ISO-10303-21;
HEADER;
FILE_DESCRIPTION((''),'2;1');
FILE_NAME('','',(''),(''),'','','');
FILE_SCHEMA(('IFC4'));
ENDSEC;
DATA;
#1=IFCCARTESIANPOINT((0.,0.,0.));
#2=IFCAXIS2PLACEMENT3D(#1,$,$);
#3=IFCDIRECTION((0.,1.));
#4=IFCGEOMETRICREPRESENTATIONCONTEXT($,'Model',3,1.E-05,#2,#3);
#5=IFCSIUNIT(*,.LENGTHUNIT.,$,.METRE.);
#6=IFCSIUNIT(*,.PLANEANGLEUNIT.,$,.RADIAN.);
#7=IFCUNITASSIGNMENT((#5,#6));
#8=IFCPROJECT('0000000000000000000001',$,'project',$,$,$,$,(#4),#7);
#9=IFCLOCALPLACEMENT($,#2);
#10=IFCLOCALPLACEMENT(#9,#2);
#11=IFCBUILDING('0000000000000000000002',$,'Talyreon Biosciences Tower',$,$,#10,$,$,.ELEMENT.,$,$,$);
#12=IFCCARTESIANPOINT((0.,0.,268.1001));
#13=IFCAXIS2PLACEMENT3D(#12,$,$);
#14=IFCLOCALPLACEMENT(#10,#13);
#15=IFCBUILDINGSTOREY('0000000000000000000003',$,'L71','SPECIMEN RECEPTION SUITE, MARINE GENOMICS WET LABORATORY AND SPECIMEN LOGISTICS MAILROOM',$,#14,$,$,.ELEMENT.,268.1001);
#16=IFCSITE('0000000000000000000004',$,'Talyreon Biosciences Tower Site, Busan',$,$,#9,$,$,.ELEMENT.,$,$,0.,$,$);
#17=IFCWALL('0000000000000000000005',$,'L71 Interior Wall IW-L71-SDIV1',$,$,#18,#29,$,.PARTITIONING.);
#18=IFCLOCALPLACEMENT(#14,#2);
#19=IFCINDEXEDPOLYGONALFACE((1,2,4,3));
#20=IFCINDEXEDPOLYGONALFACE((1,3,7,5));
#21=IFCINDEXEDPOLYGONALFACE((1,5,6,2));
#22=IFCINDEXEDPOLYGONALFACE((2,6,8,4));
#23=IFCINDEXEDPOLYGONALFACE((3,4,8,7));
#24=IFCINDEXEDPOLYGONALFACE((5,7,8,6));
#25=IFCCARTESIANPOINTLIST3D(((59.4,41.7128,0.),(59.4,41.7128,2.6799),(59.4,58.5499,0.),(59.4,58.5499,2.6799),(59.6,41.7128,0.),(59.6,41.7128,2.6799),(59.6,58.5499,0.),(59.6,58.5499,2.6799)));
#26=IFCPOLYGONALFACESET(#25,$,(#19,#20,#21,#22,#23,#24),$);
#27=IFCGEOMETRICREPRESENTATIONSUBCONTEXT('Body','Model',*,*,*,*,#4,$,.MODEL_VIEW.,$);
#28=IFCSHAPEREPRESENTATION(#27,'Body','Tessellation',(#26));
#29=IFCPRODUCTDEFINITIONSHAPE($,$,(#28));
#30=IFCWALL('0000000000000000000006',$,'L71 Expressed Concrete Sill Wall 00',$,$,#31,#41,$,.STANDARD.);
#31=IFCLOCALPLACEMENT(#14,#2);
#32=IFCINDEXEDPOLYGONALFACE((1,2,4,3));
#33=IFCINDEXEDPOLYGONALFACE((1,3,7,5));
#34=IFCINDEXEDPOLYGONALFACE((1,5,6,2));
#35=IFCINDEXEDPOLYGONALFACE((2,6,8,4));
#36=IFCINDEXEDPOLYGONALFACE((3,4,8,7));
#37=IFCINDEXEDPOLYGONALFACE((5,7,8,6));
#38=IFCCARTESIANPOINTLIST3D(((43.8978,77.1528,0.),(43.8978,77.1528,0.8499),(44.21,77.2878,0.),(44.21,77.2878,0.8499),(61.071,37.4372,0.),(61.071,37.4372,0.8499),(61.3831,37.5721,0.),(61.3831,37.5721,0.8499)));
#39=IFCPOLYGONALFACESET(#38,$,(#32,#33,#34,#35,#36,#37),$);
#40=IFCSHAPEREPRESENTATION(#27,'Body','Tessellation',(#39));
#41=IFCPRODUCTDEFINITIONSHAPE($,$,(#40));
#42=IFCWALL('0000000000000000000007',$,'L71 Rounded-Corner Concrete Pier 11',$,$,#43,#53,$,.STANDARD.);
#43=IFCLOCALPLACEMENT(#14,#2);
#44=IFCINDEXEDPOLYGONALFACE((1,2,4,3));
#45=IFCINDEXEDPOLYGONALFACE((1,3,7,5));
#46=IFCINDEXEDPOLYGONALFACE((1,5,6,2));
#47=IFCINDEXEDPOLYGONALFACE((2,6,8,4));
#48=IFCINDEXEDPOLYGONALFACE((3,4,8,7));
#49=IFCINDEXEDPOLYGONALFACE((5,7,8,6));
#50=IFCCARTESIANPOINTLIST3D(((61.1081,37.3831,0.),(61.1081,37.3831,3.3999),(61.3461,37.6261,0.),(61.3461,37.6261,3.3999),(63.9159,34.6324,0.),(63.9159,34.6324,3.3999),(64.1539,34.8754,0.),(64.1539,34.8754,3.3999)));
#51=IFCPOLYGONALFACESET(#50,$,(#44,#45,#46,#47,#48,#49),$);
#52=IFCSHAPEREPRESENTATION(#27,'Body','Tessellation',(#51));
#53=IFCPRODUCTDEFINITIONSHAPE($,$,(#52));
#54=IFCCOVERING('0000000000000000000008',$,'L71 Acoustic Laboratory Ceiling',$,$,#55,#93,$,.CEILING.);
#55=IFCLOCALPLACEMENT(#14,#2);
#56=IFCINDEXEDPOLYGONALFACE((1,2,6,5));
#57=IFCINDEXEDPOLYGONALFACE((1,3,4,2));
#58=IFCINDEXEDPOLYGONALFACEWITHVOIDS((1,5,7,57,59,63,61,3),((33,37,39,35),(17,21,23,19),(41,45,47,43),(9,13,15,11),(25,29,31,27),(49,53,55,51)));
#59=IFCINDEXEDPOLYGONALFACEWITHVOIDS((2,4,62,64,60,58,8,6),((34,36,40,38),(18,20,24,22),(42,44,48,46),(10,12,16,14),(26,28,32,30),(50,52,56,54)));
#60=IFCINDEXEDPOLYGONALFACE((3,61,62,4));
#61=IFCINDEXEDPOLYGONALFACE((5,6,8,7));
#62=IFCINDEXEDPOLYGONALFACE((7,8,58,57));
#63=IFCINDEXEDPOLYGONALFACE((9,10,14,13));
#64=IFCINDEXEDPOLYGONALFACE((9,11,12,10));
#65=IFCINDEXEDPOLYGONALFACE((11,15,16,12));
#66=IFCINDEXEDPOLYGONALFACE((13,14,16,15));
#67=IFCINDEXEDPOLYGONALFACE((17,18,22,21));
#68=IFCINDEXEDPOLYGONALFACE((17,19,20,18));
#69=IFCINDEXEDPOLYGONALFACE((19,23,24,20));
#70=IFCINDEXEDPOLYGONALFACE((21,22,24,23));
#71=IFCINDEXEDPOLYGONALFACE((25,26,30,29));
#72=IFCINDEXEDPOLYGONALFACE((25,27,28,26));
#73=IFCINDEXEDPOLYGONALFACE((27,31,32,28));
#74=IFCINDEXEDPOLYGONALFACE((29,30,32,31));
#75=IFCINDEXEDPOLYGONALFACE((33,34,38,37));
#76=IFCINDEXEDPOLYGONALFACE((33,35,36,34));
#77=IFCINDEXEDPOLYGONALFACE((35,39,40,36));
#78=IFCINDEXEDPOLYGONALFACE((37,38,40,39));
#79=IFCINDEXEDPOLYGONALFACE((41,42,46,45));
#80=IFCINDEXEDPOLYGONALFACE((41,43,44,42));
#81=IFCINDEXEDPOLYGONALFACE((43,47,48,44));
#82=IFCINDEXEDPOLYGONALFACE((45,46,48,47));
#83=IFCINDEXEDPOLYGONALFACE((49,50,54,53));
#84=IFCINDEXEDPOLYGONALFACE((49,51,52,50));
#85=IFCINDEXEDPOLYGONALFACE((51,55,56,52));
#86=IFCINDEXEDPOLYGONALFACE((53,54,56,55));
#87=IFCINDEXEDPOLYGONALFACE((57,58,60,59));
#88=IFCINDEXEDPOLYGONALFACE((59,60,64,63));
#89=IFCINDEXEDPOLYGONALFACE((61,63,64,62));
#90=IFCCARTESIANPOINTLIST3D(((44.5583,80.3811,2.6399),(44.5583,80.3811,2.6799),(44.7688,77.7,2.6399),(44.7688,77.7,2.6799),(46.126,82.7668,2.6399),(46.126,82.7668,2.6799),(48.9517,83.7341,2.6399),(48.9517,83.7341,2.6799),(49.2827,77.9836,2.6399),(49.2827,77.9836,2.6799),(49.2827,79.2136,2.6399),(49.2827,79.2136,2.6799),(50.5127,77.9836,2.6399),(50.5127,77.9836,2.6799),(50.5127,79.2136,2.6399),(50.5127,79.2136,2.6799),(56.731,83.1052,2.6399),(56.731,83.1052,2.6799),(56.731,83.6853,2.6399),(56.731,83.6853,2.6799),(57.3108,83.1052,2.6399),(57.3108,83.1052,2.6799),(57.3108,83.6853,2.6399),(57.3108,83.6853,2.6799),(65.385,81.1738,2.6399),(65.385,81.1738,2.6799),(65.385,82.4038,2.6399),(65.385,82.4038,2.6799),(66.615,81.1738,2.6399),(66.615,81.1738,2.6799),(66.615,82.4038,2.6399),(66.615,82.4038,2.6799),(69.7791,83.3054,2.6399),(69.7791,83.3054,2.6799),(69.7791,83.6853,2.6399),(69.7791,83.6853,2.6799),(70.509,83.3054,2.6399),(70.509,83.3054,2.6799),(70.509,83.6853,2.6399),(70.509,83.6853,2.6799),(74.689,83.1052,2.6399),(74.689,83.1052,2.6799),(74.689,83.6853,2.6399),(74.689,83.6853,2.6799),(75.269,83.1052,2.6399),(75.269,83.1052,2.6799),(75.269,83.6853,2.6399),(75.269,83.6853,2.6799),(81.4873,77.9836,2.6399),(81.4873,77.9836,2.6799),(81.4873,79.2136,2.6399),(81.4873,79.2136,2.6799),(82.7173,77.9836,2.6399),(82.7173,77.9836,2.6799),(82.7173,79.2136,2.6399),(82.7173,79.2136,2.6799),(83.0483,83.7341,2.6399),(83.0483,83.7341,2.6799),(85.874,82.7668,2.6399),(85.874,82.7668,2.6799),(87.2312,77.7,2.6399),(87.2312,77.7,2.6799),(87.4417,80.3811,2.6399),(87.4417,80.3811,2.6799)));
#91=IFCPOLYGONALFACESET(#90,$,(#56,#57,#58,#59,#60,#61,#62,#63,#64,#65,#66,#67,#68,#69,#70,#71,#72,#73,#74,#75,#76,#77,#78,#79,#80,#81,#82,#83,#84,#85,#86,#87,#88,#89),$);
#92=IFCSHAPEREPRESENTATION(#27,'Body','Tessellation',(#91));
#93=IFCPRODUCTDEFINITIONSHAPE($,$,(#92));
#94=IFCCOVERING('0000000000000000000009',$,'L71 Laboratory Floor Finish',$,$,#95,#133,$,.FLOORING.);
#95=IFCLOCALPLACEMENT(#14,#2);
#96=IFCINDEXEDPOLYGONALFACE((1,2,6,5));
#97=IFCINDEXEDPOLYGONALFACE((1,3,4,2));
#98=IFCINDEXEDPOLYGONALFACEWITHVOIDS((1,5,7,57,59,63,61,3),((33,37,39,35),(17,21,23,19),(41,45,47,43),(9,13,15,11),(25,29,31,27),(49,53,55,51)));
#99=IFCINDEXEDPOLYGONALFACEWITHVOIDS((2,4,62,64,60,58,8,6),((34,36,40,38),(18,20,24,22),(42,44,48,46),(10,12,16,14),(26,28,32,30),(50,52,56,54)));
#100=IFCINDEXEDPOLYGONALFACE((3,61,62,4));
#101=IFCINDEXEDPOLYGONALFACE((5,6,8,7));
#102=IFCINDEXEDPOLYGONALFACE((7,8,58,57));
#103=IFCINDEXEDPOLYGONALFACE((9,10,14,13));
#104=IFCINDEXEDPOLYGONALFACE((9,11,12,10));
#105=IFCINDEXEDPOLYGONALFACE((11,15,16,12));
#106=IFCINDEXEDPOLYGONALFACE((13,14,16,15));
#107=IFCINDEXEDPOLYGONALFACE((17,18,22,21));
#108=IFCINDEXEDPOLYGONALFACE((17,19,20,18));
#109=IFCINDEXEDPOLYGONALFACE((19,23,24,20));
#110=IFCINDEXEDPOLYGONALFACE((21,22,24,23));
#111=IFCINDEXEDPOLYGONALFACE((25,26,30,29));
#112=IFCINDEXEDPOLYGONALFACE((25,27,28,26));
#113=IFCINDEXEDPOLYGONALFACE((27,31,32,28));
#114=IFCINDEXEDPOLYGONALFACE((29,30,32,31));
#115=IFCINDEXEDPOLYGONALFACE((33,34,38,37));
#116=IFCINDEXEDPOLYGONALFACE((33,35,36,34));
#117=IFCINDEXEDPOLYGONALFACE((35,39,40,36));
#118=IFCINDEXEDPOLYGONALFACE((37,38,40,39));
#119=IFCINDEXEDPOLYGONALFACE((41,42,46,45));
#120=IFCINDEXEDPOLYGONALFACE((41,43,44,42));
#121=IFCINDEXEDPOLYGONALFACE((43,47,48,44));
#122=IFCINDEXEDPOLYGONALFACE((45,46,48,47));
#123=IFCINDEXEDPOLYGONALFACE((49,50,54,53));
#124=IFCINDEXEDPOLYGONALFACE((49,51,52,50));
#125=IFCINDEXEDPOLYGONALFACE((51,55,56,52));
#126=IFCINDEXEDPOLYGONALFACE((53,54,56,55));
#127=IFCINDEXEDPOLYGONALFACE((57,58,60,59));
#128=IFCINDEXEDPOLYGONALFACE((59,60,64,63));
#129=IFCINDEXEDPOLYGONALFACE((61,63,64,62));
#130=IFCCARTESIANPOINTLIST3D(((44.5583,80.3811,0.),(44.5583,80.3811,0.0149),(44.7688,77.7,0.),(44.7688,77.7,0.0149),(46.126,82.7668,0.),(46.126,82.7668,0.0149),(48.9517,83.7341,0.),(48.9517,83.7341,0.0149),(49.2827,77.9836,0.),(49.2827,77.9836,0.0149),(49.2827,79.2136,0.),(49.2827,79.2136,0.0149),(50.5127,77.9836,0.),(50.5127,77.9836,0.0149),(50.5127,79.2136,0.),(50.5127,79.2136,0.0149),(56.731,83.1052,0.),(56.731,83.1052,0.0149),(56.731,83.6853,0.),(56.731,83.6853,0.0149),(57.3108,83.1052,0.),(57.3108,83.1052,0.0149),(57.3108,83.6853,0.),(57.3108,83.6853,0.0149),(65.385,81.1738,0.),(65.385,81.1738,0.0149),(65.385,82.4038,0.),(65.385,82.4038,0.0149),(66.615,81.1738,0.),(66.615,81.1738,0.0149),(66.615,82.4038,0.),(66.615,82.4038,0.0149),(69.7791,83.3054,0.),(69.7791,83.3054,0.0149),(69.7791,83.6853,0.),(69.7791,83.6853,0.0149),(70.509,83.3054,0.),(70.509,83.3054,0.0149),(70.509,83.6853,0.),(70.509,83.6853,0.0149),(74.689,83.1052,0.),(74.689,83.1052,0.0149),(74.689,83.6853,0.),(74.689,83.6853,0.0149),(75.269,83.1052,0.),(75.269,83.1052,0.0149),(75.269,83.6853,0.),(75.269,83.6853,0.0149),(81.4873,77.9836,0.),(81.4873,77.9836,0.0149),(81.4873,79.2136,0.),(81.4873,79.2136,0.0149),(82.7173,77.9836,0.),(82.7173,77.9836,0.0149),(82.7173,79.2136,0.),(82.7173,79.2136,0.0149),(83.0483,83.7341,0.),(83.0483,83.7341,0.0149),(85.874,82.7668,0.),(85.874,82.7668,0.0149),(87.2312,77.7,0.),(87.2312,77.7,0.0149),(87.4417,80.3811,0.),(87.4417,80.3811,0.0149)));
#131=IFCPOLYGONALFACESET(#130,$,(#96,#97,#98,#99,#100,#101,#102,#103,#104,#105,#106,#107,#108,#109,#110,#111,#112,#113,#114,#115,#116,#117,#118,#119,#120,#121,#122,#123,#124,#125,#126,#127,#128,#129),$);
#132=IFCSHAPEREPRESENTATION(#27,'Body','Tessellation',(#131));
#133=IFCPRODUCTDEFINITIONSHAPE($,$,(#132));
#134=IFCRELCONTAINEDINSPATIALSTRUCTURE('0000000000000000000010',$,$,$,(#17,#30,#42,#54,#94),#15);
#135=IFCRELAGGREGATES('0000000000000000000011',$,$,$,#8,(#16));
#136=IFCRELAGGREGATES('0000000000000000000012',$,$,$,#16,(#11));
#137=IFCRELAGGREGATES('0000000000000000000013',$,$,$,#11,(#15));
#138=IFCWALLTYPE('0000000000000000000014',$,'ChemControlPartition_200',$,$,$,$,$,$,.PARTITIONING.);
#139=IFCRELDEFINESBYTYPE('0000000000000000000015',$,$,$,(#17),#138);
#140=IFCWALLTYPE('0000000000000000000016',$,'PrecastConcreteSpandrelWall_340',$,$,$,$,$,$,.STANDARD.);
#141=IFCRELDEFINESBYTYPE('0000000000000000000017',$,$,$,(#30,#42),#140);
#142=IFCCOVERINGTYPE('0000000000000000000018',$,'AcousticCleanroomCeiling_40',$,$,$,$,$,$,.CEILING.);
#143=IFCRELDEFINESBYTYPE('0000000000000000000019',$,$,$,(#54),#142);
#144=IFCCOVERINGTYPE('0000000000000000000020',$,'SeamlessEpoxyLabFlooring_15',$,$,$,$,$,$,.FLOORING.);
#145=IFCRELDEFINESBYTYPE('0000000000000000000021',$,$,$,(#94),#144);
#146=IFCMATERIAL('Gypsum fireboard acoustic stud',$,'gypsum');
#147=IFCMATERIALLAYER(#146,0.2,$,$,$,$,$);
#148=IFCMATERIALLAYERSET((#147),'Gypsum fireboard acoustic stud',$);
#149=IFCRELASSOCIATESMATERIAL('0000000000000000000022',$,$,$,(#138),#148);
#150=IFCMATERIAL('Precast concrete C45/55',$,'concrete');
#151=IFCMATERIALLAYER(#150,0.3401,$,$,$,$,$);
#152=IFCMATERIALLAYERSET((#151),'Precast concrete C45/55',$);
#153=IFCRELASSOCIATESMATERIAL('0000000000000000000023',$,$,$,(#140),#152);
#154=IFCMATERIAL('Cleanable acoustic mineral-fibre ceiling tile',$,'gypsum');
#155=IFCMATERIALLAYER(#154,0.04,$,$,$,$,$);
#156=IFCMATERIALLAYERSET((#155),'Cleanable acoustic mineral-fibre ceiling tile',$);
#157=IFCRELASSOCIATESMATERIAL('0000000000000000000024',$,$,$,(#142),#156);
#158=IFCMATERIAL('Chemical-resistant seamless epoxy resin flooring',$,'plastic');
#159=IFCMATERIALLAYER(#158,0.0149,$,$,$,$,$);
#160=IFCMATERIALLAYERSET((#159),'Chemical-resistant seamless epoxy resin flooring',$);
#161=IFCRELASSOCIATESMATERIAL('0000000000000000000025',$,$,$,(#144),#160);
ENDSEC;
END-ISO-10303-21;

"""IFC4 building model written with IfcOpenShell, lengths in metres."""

from ifc_helpers import new_model, si_unit, direction, frame, frame_2d, origin, place, context, subcontext, project, spatial, polyline, rectangle, outline, extrude, material, layer, layer_set, type_object, element, save


model = new_model("IFC4")

# Units and contexts
model_context = context("Model", 3, precision=1e-05, world=origin(), true_north=direction((0.0, 1.0)))
body_context = subcontext(model_context, "Body", "Model", "MODEL_VIEW")
ifc_project = project(units=[si_unit("LENGTHUNIT", "METRE"), si_unit("PLANEANGLEUNIT", "RADIAN")], contexts=[model_context])

# Site, building, storey
site_placement = place(None, origin())
site = spatial("IfcSite", under=ifc_project, at=site_placement, Name="Talyreon Biosciences Tower Site, Busan", CompositionType="ELEMENT", RefElevation=0.0)
building_placement = place(site_placement, origin())
building = spatial("IfcBuilding", under=site, at=building_placement, Name="Talyreon Biosciences Tower", CompositionType="ELEMENT")
storey_placement = place(building_placement, frame((0.0, 0.0, 268.1001)))
storey = spatial("IfcBuildingStorey", under=building, at=storey_placement, Name="L71", Description="SPECIMEN RECEPTION SUITE, MARINE GENOMICS WET LABORATORY AND SPECIMEN LOGISTICS MAILROOM", CompositionType="ELEMENT", Elevation=268.1001)

# Shared definitions
ifc_material_1 = material(Name="Precast concrete C45/55", Category="concrete")

# Walls
ifc_material_2 = material(Name="Gypsum fireboard acoustic stud", Category="gypsum")
ifc_layer_1 = layer(ifc_material_2, 0.2)
ifc_layer_set_1 = layer_set([ifc_layer_1], Name="Gypsum fireboard acoustic stud")
wall_type_1 = type_object("IfcWallType", Name="ChemControlPartition_200", PredefinedType="PARTITIONING", material=ifc_layer_set_1)
wall_1_placement = place(storey_placement, frame((59.5, 41.7129, 0.0), z_axis=(0.0, 0.0, 1.0), x_axis=(0.0, 1.0, 0.0)))
element("IfcWall", 1, at=wall_1_placement, inside=storey, type_object=wall_type_1, Name="L71 Interior Wall IW-L71-SDIV1", PredefinedType="PARTITIONING", context=body_context, shape_type="SweptSolid", body=[
    extrude(rectangle(XDim=16.8372, YDim=0.2, at=frame_2d((8.4185, 0.0))), origin(), (0.0, 0.0, 1.0), 2.6799),
])
ifc_layer_2 = layer(ifc_material_1, 0.3401)
ifc_layer_set_2 = layer_set([ifc_layer_2], Name="Precast concrete C45/55")
wall_type_2 = type_object("IfcWallType", Name="PrecastConcreteSpandrelWall_340", PredefinedType="STANDARD", material=ifc_layer_set_2)
wall_2_placement = place(storey_placement, frame((61.2271, 37.5046, 0.0), z_axis=(0.0, 0.0, 1.0), x_axis=(-0.396888, 0.917867, 0.0)))
element("IfcWall", 2, at=wall_2_placement, inside=storey, type_object=wall_type_2, Name="L71 Expressed Concrete Sill Wall 00", PredefinedType="STANDARD", context=body_context, shape_type="SweptSolid", body=[
    extrude(rectangle(XDim=43.2695, YDim=0.3401, at=frame_2d((21.6348, 0.0))), origin(), (0.0, 0.0, 1.0), 0.8499),
])
wall_3_placement = place(storey_placement, frame((64.0349, 34.7539, 0.0), z_axis=(0.0, 0.0, 1.0), x_axis=(-0.714336, 0.699802, 0.0)))
element("IfcWall", 3, at=wall_3_placement, inside=storey, type_object=wall_type_2, Name="L71 Rounded-Corner Concrete Pier 11", PredefinedType="STANDARD", context=body_context, shape_type="SweptSolid", body=[
    extrude(rectangle(XDim=3.9307, YDim=0.3401, at=frame_2d((1.9653, 0.0))), origin(), (0.0, 0.0, 1.0), 3.3999),
])

# Coverings
ifc_material_3 = material(Name="Cleanable acoustic mineral-fibre ceiling tile", Category="gypsum")
ifc_layer_3 = layer(ifc_material_3, 0.04)
ifc_layer_set_3 = layer_set([ifc_layer_3], Name="Cleanable acoustic mineral-fibre ceiling tile")
covering_type_1 = type_object("IfcCoveringType", Name="AcousticCleanroomCeiling_40", PredefinedType="CEILING", material=ifc_layer_set_3)
covering_1_placement = place(storey_placement, frame((0.0, 0.0, 2.6399)))
element("IfcCovering", 4, at=covering_1_placement, inside=storey, type_object=covering_type_1, Name="L71 Acoustic Laboratory Ceiling", PredefinedType="CEILING", context=body_context, shape_type="SweptSolid", body=[
    extrude(outline(polyline([(46.126, 82.7668), (48.9517, 83.7341), (83.0483, 83.7341), (85.874, 82.7668), (87.4417, 80.3811), (87.2312, 77.7), (44.7688, 77.7), (44.5583, 80.3811), (46.126, 82.7668)]), holes=[polyline([(49.2827, 77.9836), (50.5127, 77.9836), (50.5127, 79.2136), (49.2827, 79.2136), (49.2827, 77.9836)]), polyline([(65.385, 81.1738), (66.615, 81.1738), (66.615, 82.4038), (65.385, 82.4038), (65.385, 81.1738)]), polyline([(56.731, 83.6853), (56.731, 83.1052), (57.3108, 83.1052), (57.3108, 83.6853), (56.731, 83.6853)]), polyline([(82.7173, 77.9836), (82.7173, 79.2136), (81.4873, 79.2136), (81.4873, 77.9836), (82.7173, 77.9836)]), polyline([(75.269, 83.6853), (74.689, 83.6853), (74.689, 83.1052), (75.269, 83.1052), (75.269, 83.6853)]), polyline([(70.509, 83.6853), (69.7791, 83.6853), (69.7791, 83.3054), (70.509, 83.3054), (70.509, 83.6853)])]), origin(), (0.0, 0.0, 1.0), 0.04),
])
ifc_material_4 = material(Name="Chemical-resistant seamless epoxy resin flooring", Category="plastic")
ifc_layer_4 = layer(ifc_material_4, 0.0149)
ifc_layer_set_4 = layer_set([ifc_layer_4], Name="Chemical-resistant seamless epoxy resin flooring")
covering_type_2 = type_object("IfcCoveringType", Name="SeamlessEpoxyLabFlooring_15", PredefinedType="FLOORING", material=ifc_layer_set_4)
covering_2_placement = place(storey_placement, origin())
element("IfcCovering", 5, at=covering_2_placement, inside=storey, type_object=covering_type_2, Name="L71 Laboratory Floor Finish", PredefinedType="FLOORING", context=body_context, shape_type="SweptSolid", body=[
    extrude(outline(polyline([(46.126, 82.7668), (48.9517, 83.7341), (83.0483, 83.7341), (85.874, 82.7668), (87.4417, 80.3811), (87.2312, 77.7), (44.7688, 77.7), (44.5583, 80.3811), (46.126, 82.7668)]), holes=[polyline([(49.2827, 77.9836), (50.5127, 77.9836), (50.5127, 79.2136), (49.2827, 79.2136), (49.2827, 77.9836)]), polyline([(65.385, 81.1738), (66.615, 81.1738), (66.615, 82.4038), (65.385, 82.4038), (65.385, 81.1738)]), polyline([(56.731, 83.6853), (56.731, 83.1052), (57.3108, 83.1052), (57.3108, 83.6853), (56.731, 83.6853)]), polyline([(82.7173, 77.9836), (82.7173, 79.2136), (81.4873, 79.2136), (81.4873, 77.9836), (82.7173, 77.9836)]), polyline([(75.269, 83.6853), (74.689, 83.6853), (74.689, 83.1052), (75.269, 83.1052), (75.269, 83.6853)]), polyline([(70.509, 83.6853), (69.7791, 83.6853), (69.7791, 83.3054), (70.509, 83.3054), (70.509, 83.6853)])]), origin(), (0.0, 0.0, 1.0), 0.0149),
])

save(model, "model.ifc")
